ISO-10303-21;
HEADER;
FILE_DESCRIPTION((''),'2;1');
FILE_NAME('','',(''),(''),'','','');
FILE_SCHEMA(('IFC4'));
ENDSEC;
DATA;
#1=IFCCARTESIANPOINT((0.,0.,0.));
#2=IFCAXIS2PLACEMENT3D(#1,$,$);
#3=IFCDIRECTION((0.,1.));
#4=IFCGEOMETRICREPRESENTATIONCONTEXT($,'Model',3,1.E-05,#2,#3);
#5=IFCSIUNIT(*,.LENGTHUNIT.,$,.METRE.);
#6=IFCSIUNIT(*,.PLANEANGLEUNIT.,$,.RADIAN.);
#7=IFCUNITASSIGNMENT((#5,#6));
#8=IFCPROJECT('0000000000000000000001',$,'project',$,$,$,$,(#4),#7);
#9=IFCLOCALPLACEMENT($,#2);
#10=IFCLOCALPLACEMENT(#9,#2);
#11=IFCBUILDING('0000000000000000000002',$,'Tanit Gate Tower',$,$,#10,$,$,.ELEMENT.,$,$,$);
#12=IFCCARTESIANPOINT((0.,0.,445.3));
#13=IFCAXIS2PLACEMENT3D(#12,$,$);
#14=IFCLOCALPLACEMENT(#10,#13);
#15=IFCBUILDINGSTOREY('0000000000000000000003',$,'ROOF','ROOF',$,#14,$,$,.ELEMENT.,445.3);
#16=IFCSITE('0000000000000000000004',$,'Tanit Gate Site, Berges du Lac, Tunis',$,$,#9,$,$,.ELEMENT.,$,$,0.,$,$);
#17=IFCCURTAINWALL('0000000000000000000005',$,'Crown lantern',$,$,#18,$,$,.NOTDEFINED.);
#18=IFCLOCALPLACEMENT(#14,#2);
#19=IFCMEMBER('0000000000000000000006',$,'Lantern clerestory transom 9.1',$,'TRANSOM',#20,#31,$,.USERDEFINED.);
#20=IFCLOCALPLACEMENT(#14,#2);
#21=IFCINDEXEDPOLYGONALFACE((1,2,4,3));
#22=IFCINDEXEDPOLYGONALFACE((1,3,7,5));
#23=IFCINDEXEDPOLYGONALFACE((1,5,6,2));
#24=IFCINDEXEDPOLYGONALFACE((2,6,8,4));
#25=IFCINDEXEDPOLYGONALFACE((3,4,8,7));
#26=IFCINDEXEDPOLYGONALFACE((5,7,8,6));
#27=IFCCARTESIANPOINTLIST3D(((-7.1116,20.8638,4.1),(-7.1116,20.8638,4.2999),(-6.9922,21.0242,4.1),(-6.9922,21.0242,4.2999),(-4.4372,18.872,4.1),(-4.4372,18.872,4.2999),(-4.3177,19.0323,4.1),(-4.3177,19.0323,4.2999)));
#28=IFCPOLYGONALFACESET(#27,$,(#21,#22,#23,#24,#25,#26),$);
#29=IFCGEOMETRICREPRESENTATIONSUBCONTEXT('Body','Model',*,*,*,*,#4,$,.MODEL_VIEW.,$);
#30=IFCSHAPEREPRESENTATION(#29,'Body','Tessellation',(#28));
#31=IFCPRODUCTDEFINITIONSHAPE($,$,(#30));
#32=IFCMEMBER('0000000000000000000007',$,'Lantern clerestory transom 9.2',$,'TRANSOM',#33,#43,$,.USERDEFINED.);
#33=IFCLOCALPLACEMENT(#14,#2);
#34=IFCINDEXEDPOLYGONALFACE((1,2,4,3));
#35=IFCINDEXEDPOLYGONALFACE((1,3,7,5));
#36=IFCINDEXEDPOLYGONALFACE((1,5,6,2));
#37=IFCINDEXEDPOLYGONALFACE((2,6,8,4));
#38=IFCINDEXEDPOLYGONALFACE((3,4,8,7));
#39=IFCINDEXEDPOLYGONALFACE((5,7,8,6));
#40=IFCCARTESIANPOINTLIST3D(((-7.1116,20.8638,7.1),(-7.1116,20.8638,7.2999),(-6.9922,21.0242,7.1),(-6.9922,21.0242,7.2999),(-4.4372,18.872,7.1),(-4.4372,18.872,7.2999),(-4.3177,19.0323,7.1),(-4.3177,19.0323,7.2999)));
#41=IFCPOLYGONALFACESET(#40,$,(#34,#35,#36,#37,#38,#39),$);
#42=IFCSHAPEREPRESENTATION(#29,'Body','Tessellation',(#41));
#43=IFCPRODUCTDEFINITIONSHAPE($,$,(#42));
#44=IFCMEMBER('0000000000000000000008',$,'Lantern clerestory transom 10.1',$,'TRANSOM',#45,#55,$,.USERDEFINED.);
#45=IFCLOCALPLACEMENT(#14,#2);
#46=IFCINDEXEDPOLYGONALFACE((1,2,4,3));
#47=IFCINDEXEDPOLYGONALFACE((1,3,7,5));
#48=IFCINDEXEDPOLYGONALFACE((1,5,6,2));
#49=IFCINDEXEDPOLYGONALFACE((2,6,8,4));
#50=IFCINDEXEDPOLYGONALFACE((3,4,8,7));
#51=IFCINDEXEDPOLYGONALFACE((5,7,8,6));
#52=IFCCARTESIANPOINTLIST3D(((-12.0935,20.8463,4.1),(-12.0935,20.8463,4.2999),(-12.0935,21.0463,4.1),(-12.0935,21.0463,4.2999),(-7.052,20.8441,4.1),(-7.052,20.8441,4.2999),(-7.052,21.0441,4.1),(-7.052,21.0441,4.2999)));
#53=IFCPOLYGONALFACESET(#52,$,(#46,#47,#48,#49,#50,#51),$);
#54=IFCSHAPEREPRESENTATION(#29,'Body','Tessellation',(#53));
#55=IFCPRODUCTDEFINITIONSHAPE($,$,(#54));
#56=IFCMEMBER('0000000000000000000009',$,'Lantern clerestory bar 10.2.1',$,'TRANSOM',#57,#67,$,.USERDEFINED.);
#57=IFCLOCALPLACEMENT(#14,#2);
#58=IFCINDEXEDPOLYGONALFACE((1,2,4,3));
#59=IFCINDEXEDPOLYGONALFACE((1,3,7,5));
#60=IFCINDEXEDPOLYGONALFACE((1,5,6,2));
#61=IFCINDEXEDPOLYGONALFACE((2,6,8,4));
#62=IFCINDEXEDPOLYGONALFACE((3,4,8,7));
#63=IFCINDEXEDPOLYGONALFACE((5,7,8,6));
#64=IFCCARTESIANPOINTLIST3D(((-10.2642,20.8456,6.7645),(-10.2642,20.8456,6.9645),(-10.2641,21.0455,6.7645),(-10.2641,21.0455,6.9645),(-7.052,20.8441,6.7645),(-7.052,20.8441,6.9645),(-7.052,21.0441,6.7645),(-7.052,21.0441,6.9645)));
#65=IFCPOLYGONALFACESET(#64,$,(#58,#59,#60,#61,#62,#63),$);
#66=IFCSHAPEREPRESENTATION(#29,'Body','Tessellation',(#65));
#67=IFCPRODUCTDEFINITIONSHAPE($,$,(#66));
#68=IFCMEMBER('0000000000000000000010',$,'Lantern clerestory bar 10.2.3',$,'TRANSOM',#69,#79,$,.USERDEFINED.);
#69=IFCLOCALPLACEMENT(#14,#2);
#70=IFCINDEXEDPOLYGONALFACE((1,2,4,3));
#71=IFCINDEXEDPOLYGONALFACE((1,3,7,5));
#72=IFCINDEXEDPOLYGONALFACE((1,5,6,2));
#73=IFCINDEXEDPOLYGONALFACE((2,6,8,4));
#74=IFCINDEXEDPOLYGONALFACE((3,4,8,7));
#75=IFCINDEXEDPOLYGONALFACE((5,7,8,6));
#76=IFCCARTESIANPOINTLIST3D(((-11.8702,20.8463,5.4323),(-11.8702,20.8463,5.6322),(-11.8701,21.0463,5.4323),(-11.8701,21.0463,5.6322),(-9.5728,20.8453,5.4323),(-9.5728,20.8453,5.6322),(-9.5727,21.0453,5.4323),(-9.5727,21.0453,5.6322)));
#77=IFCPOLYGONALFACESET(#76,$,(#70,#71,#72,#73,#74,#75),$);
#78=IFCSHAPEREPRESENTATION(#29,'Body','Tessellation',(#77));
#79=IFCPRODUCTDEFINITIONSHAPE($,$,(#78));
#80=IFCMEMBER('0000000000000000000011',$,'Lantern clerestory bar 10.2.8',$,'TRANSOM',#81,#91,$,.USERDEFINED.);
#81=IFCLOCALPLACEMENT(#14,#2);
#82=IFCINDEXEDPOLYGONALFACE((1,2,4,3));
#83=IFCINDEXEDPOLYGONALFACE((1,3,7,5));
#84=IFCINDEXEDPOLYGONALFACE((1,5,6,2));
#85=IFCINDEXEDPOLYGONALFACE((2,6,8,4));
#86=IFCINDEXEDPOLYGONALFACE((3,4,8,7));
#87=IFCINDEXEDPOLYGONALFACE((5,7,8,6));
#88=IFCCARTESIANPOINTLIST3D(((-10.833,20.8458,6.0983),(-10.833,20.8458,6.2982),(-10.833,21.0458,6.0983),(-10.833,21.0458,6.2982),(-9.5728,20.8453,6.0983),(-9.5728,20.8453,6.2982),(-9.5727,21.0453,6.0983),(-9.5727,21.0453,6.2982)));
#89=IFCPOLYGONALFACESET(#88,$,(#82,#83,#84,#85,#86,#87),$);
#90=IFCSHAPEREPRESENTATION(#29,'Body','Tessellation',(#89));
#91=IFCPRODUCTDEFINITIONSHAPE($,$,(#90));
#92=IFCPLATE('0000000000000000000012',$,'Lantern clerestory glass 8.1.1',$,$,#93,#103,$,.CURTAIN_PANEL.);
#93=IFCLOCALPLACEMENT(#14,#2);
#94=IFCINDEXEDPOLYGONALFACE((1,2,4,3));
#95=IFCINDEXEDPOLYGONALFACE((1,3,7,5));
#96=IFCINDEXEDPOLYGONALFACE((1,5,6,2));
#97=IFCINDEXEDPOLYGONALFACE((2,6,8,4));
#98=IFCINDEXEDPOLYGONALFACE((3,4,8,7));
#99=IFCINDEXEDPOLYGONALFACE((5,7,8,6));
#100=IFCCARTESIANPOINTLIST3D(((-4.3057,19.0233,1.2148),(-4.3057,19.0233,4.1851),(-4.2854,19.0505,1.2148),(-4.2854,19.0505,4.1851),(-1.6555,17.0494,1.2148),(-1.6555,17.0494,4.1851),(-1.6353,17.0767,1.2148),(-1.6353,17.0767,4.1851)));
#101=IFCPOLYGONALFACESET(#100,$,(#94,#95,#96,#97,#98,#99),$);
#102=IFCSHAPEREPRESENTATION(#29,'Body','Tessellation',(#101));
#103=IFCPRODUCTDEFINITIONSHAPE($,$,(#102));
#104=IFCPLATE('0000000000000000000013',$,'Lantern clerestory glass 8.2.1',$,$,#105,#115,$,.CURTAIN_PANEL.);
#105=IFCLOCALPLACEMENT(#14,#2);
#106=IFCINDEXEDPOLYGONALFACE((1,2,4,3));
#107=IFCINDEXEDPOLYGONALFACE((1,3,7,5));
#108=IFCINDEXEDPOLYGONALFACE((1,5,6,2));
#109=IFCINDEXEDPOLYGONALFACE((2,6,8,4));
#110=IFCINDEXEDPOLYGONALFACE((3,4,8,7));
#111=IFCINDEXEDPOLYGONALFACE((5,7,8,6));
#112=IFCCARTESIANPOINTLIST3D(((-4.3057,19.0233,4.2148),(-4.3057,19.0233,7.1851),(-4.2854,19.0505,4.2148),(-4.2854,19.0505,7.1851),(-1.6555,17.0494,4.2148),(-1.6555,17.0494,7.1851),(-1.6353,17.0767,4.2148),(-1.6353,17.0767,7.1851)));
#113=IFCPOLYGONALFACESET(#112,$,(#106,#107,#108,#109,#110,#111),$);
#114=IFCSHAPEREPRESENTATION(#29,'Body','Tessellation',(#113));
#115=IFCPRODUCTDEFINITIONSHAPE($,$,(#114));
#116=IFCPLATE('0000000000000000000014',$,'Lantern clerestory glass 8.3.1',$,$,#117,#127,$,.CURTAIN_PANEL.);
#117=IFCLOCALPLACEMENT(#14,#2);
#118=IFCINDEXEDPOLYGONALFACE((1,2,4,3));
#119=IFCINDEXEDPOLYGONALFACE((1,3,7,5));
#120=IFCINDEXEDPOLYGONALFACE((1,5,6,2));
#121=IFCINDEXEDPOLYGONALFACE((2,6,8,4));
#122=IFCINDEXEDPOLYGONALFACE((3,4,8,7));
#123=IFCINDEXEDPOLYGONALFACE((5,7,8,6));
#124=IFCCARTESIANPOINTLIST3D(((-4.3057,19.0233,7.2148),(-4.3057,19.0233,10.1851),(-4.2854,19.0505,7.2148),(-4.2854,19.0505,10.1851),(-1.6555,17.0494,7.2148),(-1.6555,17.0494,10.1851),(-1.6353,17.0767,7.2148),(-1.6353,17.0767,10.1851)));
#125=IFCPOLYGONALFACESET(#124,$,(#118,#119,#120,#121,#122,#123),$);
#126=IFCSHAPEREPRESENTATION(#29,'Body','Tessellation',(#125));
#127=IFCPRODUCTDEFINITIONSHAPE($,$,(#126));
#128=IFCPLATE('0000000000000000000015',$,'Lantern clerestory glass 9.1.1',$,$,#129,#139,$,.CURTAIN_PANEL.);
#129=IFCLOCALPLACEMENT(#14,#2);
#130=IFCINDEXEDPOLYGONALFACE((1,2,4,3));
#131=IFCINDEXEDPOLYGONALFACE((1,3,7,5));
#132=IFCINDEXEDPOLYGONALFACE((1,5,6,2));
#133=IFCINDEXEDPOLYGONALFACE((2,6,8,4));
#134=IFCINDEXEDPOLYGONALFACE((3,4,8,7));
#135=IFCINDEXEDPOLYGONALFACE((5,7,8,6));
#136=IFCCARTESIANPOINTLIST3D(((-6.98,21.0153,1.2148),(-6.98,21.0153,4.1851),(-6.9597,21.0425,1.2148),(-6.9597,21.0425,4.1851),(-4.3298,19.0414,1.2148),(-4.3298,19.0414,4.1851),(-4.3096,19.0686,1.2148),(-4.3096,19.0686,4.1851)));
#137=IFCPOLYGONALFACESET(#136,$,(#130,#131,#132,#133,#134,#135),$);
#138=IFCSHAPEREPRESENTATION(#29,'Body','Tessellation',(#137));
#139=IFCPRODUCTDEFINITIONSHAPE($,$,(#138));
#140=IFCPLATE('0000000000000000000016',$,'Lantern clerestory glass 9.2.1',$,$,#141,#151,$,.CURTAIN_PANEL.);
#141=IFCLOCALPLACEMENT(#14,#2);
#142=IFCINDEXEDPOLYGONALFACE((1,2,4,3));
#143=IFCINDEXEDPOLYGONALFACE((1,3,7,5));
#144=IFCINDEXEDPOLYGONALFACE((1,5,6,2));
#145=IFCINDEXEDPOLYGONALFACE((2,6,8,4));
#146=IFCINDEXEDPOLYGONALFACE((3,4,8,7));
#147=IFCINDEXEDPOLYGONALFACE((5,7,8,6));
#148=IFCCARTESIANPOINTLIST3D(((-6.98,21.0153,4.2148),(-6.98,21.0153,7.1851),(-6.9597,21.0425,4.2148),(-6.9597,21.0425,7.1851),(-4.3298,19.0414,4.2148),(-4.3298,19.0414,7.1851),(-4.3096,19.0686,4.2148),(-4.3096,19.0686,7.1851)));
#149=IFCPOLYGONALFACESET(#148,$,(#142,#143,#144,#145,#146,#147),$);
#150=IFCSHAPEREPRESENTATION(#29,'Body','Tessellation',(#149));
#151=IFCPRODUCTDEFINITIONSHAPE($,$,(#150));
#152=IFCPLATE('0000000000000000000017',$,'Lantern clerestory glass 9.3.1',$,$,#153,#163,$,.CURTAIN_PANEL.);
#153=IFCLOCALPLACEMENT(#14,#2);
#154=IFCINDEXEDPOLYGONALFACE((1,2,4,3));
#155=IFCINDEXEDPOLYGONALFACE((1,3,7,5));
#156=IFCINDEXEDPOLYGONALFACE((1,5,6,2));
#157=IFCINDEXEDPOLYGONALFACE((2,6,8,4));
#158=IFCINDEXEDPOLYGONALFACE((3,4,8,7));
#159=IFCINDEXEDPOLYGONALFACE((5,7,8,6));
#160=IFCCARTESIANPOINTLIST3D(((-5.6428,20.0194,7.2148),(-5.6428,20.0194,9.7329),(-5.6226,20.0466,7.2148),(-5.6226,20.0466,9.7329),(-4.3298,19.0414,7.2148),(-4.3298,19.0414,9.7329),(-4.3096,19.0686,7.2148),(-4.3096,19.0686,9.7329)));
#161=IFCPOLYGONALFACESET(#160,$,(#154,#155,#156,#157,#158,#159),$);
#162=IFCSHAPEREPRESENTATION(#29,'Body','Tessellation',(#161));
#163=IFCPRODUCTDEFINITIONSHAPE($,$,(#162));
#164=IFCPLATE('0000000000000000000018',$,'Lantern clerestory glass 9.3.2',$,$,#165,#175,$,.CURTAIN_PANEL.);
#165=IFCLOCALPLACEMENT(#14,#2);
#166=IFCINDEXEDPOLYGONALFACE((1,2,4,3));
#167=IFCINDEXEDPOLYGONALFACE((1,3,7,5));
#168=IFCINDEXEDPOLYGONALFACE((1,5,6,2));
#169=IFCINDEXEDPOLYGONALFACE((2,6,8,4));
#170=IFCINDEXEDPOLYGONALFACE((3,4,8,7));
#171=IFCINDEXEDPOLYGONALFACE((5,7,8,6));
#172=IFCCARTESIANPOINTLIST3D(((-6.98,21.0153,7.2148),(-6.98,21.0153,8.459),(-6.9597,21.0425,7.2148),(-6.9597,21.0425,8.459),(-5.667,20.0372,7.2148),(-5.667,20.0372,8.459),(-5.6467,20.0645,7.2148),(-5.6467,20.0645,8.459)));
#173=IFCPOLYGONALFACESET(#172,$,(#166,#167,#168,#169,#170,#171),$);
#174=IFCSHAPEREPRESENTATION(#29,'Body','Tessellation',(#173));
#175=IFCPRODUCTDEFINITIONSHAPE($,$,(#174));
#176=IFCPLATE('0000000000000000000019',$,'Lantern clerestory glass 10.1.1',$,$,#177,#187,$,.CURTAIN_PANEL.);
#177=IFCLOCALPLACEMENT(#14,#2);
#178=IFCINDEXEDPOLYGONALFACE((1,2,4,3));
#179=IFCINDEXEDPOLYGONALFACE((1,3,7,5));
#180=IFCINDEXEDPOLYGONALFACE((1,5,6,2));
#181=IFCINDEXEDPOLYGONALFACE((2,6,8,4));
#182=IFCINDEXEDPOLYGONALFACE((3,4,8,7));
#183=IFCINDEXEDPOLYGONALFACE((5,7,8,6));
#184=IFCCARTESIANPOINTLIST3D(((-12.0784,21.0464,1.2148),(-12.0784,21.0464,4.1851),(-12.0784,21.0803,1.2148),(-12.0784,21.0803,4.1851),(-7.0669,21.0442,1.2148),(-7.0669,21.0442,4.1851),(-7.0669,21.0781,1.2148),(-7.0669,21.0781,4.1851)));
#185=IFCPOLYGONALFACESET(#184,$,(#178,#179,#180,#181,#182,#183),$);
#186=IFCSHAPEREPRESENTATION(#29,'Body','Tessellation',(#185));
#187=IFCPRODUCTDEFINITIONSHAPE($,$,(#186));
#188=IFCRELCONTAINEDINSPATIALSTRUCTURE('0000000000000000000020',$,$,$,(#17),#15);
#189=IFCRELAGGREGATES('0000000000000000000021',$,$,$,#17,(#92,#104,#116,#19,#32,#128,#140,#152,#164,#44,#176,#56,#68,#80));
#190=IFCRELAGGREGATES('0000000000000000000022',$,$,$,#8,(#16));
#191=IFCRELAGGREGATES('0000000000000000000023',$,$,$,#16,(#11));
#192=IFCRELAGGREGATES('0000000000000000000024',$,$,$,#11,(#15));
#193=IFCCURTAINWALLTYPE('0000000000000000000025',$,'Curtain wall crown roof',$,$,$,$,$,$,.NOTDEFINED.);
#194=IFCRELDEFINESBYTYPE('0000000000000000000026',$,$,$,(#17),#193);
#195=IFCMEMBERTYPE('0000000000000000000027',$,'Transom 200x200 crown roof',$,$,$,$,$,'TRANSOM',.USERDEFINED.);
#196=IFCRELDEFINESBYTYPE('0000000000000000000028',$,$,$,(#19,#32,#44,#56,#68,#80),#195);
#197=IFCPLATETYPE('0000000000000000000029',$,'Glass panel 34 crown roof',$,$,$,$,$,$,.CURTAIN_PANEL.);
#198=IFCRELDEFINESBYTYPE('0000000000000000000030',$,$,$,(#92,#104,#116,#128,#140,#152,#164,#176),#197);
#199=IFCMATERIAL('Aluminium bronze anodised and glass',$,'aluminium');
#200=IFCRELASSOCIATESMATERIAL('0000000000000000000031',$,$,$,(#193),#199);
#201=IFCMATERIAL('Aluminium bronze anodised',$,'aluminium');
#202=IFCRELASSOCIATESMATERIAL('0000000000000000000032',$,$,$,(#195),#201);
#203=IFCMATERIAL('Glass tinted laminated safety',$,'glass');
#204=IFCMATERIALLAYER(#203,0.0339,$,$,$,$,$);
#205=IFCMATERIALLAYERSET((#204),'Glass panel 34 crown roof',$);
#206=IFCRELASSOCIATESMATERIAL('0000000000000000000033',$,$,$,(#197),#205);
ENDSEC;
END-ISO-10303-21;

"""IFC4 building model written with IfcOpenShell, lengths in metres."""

from ifc_helpers import new_model, si_unit, direction, frame, origin, origin_2d, place, context, subcontext, project, spatial, polyline, rectangle, outline, extrude, material, layer, layer_set, material_profile, profile_set, type_object, element, aggregate, save


model = new_model("IFC4")

# Units and contexts
model_context = context("Model", 3, precision=1e-05, world=origin(), true_north=direction((0.0, 1.0)))
body_context = subcontext(model_context, "Body", "Model", "MODEL_VIEW")
ifc_project = project(units=[si_unit("LENGTHUNIT", "METRE"), si_unit("PLANEANGLEUNIT", "RADIAN")], contexts=[model_context])

# Site, building, storey
site_placement = place(None, origin())
site = spatial("IfcSite", under=ifc_project, at=site_placement, Name="Tanit Gate Site, Berges du Lac, Tunis", CompositionType="ELEMENT", RefElevation=0.0)
building_placement = place(site_placement, origin())
building = spatial("IfcBuilding", under=site, at=building_placement, Name="Tanit Gate Tower", CompositionType="ELEMENT")
storey_placement = place(building_placement, frame((0.0, 0.0, 445.3)))
storey = spatial("IfcBuildingStorey", under=building, at=storey_placement, Name="ROOF", Description="ROOF", CompositionType="ELEMENT", Elevation=445.3)

# Curtain wall, members, plates
ifc_material_1 = material(Name="Aluminium bronze anodised and glass", Category="aluminium")
curtain_wall_type = type_object("IfcCurtainWallType", Name="Curtain wall crown roof", PredefinedType="NOTDEFINED", material=ifc_material_1)
curtain_wall_placement = place(storey_placement, origin())
curtain_wall = element("IfcCurtainWall", 1, at=curtain_wall_placement, inside=storey, type_object=curtain_wall_type, Name="Crown lantern", PredefinedType="NOTDEFINED")
ifc_material_2 = material(Name="Aluminium bronze anodised", Category="aluminium")
ifc_material_profile_1 = material_profile(ifc_material_2, rectangle(XDim=0.2, YDim=0.2, at=origin_2d()), Name="200x200 bronze transom")
ifc_profile_set_1 = profile_set([ifc_material_profile_1], Name="Aluminium bronze anodised")
member_type_1 = type_object("IfcMemberType", Name="Transom 200x200 crown roof", ElementType="TRANSOM", PredefinedType="USERDEFINED", material=ifc_profile_set_1)
member_1_placement = place(storey_placement, frame((-4.3774, 18.9521, 4.2), z_axis=(-0.802007, 0.597314, 0.0), x_axis=(-0.597314, -0.802007, 0.0)))
member_1 = element("IfcMember", 2, at=member_1_placement, type_object=member_type_1, Name="Lantern clerestory transom 9.1", ObjectType="TRANSOM", PredefinedType="USERDEFINED", context=body_context, shape_type="SweptSolid", body=[
    extrude(rectangle(XDim=0.2, YDim=0.2, at=origin_2d()), origin(), (0.0, 0.0, 1.0), 3.3347),
])
member_2_placement = place(storey_placement, frame((-4.3774, 18.9521, 7.2), z_axis=(-0.802007, 0.597314, 0.0), x_axis=(-0.597314, -0.802007, 0.0)))
member_2 = element("IfcMember", 3, at=member_2_placement, type_object=member_type_1, Name="Lantern clerestory transom 9.2", ObjectType="TRANSOM", PredefinedType="USERDEFINED", context=body_context, shape_type="SweptSolid", body=[
    extrude(rectangle(XDim=0.2, YDim=0.2, at=origin_2d()), origin(), (0.0, 0.0, 1.0), 3.3347),
])
member_3_placement = place(storey_placement, frame((-7.052, 20.9441, 4.2), z_axis=(-1.0, 0.000436, 0.0), x_axis=(-0.000436, -1.0, 0.0)))
member_3 = element("IfcMember", 4, at=member_3_placement, type_object=member_type_1, Name="Lantern clerestory transom 10.1", ObjectType="TRANSOM", PredefinedType="USERDEFINED", context=body_context, shape_type="SweptSolid", body=[
    extrude(rectangle(XDim=0.2, YDim=0.2, at=origin_2d()), origin(), (0.0, 0.0, 1.0), 5.0415),
])
member_4_placement = place(storey_placement, frame((-7.052, 20.9441, 6.8645), z_axis=(-1.0, 0.000456, 0.0), x_axis=(-0.000456, -1.0, 0.0)))
member_4 = element("IfcMember", 5, at=member_4_placement, type_object=member_type_1, Name="Lantern clerestory bar 10.2.1", ObjectType="TRANSOM", PredefinedType="USERDEFINED", context=body_context, shape_type="SweptSolid", body=[
    extrude(rectangle(XDim=0.2, YDim=0.2, at=origin_2d()), origin(), (0.0, 0.0, 1.0), 3.2122),
])
member_5_placement = place(storey_placement, frame((-9.5728, 20.9453, 5.5322), z_axis=(-1.0, 0.000425, 0.0), x_axis=(-0.000425, -1.0, 0.0)))
member_5 = element("IfcMember", 6, at=member_5_placement, type_object=member_type_1, Name="Lantern clerestory bar 10.2.3", ObjectType="TRANSOM", PredefinedType="USERDEFINED", context=body_context, shape_type="SweptSolid", body=[
    extrude(rectangle(XDim=0.2, YDim=0.2, at=origin_2d()), origin(), (0.0, 0.0, 1.0), 2.2974),
])
member_6_placement = place(storey_placement, frame((-9.5728, 20.9453, 6.1982), z_axis=(-1.0, 0.000387, 0.0), x_axis=(-0.000387, -1.0, 0.0)))
member_6 = element("IfcMember", 7, at=member_6_placement, type_object=member_type_1, Name="Lantern clerestory bar 10.2.8", ObjectType="TRANSOM", PredefinedType="USERDEFINED", context=body_context, shape_type="SweptSolid", body=[
    extrude(rectangle(XDim=0.2, YDim=0.2, at=origin_2d()), origin(), (0.0, 0.0, 1.0), 1.2603),
])
ifc_material_3 = material(Name="Glass tinted laminated safety", Category="glass")
ifc_layer_1 = layer(ifc_material_3, 0.0339)
ifc_layer_set_1 = layer_set([ifc_layer_1], Name="Glass panel 34 crown roof")
plate_type = type_object("IfcPlateType", Name="Glass panel 34 crown roof", PredefinedType="CURTAIN_PANEL", material=ifc_layer_set_1)
plate_1_placement = place(storey_placement, frame((-1.6353, 17.0767, 1.2148), z_axis=(0.597337, 0.80199, 0.0), x_axis=(-0.80199, 0.597337, 0.0)))
plate_1 = element("IfcPlate", 8, at=plate_1_placement, type_object=plate_type, Name="Lantern clerestory glass 8.1.1", PredefinedType="CURTAIN_PANEL", context=body_context, shape_type="SweptSolid", body=[
    extrude(outline(polyline([(0.0, 0.0), (3.3045, 0.0), (3.3045, 2.9702), (0.0, 2.9702), (0.0, 0.0)])), origin(), (0.0, 0.0, -1.0), 0.0339),
])
plate_2_placement = place(storey_placement, frame((-1.6353, 17.0767, 4.2148), z_axis=(0.597337, 0.80199, 0.0), x_axis=(-0.80199, 0.597337, 0.0)))
plate_2 = element("IfcPlate", 9, at=plate_2_placement, type_object=plate_type, Name="Lantern clerestory glass 8.2.1", PredefinedType="CURTAIN_PANEL", context=body_context, shape_type="SweptSolid", body=[
    extrude(outline(polyline([(0.0, 0.0), (3.3045, 0.0), (3.3045, 2.9702), (0.0, 2.9702), (0.0, 0.0)])), origin(), (0.0, 0.0, -1.0), 0.0339),
])
plate_3_placement = place(storey_placement, frame((-1.6353, 17.0767, 7.2148), z_axis=(0.597337, 0.80199, 0.0), x_axis=(-0.80199, 0.597337, 0.0)))
plate_3 = element("IfcPlate", 10, at=plate_3_placement, type_object=plate_type, Name="Lantern clerestory glass 8.3.1", PredefinedType="CURTAIN_PANEL", context=body_context, shape_type="SweptSolid", body=[
    extrude(outline(polyline([(0.0, 0.0), (3.3045, 0.0), (3.3045, 2.9702), (0.0, 2.9702), (0.0, 0.0)])), origin(), (0.0, 0.0, -1.0), 0.0339),
])
plate_4_placement = place(storey_placement, frame((-4.3096, 19.0686, 1.2148), z_axis=(0.597337, 0.80199, 0.0), x_axis=(-0.80199, 0.597337, 0.0)))
plate_4 = element("IfcPlate", 11, at=plate_4_placement, type_object=plate_type, Name="Lantern clerestory glass 9.1.1", PredefinedType="CURTAIN_PANEL", context=body_context, shape_type="SweptSolid", body=[
    extrude(outline(polyline([(0.0, 0.0), (3.3045, 0.0), (3.3045, 2.9702), (0.0, 2.9702), (0.0, 0.0)])), origin(), (0.0, 0.0, -1.0), 0.0339),
])
plate_5_placement = place(storey_placement, frame((-4.3096, 19.0686, 4.2148), z_axis=(0.597337, 0.80199, 0.0), x_axis=(-0.80199, 0.597337, 0.0)))
plate_5 = element("IfcPlate", 12, at=plate_5_placement, type_object=plate_type, Name="Lantern clerestory glass 9.2.1", PredefinedType="CURTAIN_PANEL", context=body_context, shape_type="SweptSolid", body=[
    extrude(outline(polyline([(0.0, 0.0), (3.3045, 0.0), (3.3045, 2.9702), (0.0, 2.9702), (0.0, 0.0)])), origin(), (0.0, 0.0, -1.0), 0.0339),
])
plate_6_placement = place(storey_placement, frame((-4.3096, 19.0686, 7.2148), z_axis=(0.597372, 0.801964, 0.0), x_axis=(-0.801964, 0.597372, 0.0)))
plate_6 = element("IfcPlate", 13, at=plate_6_placement, type_object=plate_type, Name="Lantern clerestory glass 9.3.1", PredefinedType="CURTAIN_PANEL", context=body_context, shape_type="SweptSolid", body=[
    extrude(outline(polyline([(0.0, 0.0), (1.6372, 0.0), (1.6372, 2.5181), (0.0, 2.5181), (0.0, 0.0)])), origin(), (0.0, 0.0, -1.0), 0.0339),
])
plate_7_placement = place(storey_placement, frame((-5.6467, 20.0645, 7.2148), z_axis=(0.597372, 0.801964, 0.0), x_axis=(-0.801964, 0.597372, 0.0)))
plate_7 = element("IfcPlate", 14, at=plate_7_placement, type_object=plate_type, Name="Lantern clerestory glass 9.3.2", PredefinedType="CURTAIN_PANEL", context=body_context, shape_type="SweptSolid", body=[
    extrude(outline(polyline([(0.0, 0.0), (1.6372, 0.0), (1.6372, 1.2441), (0.0, 1.2441), (0.0, 0.0)])), origin(), (0.0, 0.0, -1.0), 0.0339),
])
plate_8_placement = place(storey_placement, frame((-7.0669, 21.0781, 1.2148), z_axis=(0.000438, 1.0, 0.0), x_axis=(-1.0, 0.000438, 0.0)))
plate_8 = element("IfcPlate", 15, at=plate_8_placement, type_object=plate_type, Name="Lantern clerestory glass 10.1.1", PredefinedType="CURTAIN_PANEL", context=body_context, shape_type="SweptSolid", body=[
    extrude(outline(polyline([(0.0, 0.0), (5.0115, 0.0), (5.0115, 2.9702), (0.0, 2.9702), (0.0, 0.0)])), origin(), (0.0, 0.0, -1.0), 0.0339),
])
aggregate(curtain_wall, [plate_1, plate_2, plate_3, member_1, member_2, plate_4, plate_5, plate_6, plate_7, member_3, plate_8, member_4, member_5, member_6])

save(model, "model.ifc")
